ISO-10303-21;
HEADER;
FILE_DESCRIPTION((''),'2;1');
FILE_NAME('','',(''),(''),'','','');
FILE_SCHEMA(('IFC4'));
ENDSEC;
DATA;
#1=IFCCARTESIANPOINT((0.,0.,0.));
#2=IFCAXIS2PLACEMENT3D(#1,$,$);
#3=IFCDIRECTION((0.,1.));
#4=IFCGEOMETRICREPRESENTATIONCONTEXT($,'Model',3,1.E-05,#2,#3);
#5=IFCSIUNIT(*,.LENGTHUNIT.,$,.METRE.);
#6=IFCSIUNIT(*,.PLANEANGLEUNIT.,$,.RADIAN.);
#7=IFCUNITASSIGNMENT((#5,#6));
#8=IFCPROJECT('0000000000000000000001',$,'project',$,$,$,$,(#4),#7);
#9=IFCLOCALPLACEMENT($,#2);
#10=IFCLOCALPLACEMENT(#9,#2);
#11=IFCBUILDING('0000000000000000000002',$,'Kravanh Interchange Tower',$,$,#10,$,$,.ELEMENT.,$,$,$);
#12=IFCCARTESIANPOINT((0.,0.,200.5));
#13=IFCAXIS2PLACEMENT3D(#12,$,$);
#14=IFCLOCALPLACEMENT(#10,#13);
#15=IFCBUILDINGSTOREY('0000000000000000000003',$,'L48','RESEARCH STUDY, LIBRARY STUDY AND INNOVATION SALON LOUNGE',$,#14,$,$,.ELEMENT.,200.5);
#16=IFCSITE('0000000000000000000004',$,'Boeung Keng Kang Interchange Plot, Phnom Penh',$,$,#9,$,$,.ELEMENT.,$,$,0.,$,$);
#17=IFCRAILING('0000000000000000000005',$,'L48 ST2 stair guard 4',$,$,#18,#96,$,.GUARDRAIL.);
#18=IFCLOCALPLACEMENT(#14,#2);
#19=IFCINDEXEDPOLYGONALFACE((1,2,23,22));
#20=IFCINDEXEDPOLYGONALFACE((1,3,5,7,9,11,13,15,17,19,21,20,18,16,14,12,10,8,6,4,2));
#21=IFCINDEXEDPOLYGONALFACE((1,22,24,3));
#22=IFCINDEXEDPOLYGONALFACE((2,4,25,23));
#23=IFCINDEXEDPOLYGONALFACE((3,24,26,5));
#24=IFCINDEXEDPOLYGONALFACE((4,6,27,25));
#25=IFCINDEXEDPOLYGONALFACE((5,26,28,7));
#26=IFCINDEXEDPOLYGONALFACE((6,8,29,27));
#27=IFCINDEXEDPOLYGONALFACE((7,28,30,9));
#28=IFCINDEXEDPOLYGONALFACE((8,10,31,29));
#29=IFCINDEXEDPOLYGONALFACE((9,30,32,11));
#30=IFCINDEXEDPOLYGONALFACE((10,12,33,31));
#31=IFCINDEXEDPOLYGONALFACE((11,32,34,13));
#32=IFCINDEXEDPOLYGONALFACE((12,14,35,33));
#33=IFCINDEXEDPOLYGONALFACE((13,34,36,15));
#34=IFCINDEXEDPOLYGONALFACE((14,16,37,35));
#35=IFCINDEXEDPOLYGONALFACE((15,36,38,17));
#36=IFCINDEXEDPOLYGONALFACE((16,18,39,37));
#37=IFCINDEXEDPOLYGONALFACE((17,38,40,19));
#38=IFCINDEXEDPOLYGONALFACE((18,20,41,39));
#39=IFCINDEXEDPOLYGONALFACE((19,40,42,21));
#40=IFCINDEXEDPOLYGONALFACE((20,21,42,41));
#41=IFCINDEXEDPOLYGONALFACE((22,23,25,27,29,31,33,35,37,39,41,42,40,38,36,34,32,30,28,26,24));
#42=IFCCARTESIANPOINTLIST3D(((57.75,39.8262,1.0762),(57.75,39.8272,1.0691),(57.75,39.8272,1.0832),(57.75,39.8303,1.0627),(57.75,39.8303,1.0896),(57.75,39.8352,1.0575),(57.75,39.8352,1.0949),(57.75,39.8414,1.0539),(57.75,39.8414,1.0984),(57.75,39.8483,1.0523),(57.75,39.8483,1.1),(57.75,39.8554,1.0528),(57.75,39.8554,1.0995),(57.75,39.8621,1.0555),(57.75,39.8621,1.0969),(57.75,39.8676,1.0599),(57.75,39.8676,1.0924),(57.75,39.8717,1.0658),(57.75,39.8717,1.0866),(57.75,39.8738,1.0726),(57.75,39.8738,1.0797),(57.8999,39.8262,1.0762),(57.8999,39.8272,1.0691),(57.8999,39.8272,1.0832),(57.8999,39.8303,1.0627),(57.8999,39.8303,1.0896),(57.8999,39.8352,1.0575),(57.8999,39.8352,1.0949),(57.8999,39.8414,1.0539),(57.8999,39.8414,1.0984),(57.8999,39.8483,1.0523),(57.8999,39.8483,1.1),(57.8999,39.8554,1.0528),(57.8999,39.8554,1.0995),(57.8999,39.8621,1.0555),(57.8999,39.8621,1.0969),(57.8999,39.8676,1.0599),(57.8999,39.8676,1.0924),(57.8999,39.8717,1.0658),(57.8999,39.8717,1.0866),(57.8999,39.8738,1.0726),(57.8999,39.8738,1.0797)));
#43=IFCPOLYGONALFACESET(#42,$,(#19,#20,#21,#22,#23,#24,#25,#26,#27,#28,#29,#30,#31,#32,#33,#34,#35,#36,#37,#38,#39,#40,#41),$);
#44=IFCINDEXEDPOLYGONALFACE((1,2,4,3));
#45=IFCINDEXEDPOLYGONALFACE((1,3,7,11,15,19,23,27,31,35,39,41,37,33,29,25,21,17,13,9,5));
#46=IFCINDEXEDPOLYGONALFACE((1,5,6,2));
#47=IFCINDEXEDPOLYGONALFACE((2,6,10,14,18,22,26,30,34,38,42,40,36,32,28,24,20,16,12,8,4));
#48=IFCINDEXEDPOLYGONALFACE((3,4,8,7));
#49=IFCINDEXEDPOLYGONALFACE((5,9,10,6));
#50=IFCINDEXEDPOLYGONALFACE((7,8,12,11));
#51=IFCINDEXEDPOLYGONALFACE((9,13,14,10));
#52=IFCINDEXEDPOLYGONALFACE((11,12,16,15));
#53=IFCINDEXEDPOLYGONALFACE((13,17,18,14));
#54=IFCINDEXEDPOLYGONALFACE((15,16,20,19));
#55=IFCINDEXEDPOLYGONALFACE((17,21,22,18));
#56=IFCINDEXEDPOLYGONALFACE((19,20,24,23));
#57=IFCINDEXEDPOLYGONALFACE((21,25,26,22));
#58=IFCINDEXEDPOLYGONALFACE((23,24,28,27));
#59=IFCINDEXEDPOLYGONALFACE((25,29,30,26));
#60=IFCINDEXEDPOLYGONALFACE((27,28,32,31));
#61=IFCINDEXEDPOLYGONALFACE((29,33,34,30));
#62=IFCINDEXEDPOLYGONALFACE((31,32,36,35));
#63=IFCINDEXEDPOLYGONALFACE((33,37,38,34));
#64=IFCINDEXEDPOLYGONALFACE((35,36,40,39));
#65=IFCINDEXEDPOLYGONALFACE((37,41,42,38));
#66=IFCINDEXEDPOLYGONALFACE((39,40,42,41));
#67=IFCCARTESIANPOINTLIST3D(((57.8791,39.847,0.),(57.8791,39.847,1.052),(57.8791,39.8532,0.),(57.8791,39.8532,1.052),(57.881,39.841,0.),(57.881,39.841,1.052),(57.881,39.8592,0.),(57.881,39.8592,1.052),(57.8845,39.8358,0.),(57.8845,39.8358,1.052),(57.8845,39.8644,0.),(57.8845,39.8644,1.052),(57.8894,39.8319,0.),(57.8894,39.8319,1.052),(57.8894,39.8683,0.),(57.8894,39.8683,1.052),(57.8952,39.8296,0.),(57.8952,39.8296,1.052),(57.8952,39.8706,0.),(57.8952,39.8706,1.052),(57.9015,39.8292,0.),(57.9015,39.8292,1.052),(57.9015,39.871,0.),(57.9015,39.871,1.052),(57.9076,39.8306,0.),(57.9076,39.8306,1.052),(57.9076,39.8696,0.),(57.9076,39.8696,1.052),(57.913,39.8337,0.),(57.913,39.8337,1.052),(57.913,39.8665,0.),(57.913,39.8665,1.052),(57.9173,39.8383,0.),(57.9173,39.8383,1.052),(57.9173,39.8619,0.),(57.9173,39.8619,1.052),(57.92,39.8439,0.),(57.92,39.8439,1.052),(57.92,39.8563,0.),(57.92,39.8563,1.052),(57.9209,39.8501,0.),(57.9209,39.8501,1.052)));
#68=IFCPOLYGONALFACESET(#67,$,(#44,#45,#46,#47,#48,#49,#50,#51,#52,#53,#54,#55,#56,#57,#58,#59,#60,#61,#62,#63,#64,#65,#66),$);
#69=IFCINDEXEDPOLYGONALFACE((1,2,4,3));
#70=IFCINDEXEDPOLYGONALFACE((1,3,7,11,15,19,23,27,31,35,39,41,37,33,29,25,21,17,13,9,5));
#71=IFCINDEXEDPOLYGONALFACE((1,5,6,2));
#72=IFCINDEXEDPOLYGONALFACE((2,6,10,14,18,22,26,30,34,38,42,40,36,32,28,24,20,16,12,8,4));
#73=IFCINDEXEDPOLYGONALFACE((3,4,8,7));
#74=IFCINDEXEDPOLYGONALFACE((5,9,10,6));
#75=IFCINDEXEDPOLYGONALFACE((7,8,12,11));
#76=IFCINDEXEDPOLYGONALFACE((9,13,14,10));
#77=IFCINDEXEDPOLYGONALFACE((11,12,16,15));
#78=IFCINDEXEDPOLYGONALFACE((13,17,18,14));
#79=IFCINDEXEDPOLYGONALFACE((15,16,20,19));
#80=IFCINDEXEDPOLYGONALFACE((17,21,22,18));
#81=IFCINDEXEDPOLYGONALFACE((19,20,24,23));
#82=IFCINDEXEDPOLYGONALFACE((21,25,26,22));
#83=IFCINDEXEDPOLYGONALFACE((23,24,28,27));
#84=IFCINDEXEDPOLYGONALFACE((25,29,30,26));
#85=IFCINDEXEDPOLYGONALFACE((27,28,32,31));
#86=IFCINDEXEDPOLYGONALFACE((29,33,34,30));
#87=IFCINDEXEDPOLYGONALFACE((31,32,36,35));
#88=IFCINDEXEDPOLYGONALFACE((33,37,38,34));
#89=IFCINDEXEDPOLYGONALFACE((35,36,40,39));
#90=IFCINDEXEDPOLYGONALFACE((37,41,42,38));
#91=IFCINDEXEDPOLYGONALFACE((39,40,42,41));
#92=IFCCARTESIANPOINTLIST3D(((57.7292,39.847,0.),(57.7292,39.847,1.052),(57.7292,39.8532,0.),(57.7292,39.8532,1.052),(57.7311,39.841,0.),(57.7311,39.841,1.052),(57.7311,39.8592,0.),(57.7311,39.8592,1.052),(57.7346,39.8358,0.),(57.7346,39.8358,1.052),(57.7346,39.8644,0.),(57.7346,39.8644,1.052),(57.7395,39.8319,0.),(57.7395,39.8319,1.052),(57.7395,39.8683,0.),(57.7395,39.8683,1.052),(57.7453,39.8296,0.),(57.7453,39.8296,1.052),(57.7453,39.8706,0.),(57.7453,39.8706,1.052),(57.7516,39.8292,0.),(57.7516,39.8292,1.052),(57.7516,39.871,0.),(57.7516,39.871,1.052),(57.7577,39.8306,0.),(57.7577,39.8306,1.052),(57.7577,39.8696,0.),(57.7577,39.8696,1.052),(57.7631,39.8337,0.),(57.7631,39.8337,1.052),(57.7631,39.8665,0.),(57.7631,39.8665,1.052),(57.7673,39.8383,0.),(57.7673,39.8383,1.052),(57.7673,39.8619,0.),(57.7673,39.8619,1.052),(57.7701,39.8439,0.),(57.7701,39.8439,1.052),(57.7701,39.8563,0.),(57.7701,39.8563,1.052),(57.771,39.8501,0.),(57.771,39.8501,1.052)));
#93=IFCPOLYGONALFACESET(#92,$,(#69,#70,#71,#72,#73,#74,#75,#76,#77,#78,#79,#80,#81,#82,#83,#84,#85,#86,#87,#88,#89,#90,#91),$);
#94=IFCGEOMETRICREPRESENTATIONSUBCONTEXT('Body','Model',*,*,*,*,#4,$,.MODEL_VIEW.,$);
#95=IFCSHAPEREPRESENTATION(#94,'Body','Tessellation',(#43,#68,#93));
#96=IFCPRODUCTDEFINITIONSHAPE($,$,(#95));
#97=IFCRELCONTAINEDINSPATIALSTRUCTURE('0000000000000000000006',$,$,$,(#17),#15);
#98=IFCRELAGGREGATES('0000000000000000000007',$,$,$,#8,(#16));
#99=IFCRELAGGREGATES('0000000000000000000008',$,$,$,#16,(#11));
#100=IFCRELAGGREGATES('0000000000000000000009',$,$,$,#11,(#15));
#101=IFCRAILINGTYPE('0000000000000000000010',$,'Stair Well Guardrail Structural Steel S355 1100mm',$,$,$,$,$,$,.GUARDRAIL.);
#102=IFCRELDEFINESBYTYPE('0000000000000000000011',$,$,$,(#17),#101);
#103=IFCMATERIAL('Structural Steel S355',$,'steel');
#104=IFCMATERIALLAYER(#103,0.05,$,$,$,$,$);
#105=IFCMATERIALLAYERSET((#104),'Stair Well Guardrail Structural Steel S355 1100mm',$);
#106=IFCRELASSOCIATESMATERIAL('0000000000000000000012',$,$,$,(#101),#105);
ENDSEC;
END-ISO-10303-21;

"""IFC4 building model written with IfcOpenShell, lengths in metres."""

from ifc_helpers import new_model, si_unit, direction, frame, origin, origin_2d, place, context, subcontext, project, spatial, circle, extrude, material, layer, layer_set, type_object, element, save


model = new_model("IFC4")

# Units and contexts
model_context = context("Model", 3, precision=1e-05, world=origin(), true_north=direction((0.0, 1.0)))
body_context = subcontext(model_context, "Body", "Model", "MODEL_VIEW")
ifc_project = project(units=[si_unit("LENGTHUNIT", "METRE"), si_unit("PLANEANGLEUNIT", "RADIAN")], contexts=[model_context])

# Site, building, storey
site_placement = place(None, origin())
site = spatial("IfcSite", under=ifc_project, at=site_placement, Name="Boeung Keng Kang Interchange Plot, Phnom Penh", CompositionType="ELEMENT", RefElevation=0.0)
building_placement = place(site_placement, origin())
building = spatial("IfcBuilding", under=site, at=building_placement, Name="Kravanh Interchange Tower", CompositionType="ELEMENT")
storey_placement = place(building_placement, frame((0.0, 0.0, 200.5)))
storey = spatial("IfcBuildingStorey", under=building, at=storey_placement, Name="L48", Description="RESEARCH STUDY, LIBRARY STUDY AND INNOVATION SALON LOUNGE", CompositionType="ELEMENT", Elevation=200.5)

# Railing
ifc_material_1 = material(Name="Structural Steel S355", Category="steel")
ifc_layer_1 = layer(ifc_material_1, 0.05)
ifc_layer_set_1 = layer_set([ifc_layer_1], Name="Stair Well Guardrail Structural Steel S355 1100mm")
railing_type_1 = type_object("IfcRailingType", Name="Stair Well Guardrail Structural Steel S355 1100mm", PredefinedType="GUARDRAIL", material=ifc_layer_set_1)
railing_1_placement = place(storey_placement, frame((57.8999, 39.8501, 0.0)))
element("IfcRailing", 1, at=railing_1_placement, inside=storey, type_object=railing_type_1, Name="L48 ST2 stair guard 4", PredefinedType="GUARDRAIL", context=body_context, shape_type="SweptSolid", body=[
    extrude(circle(Radius=0.0239, at=origin_2d()), frame((0.0, 0.0, 1.0762), z_axis=(-1.0, 0.0, 0.0), x_axis=(0.0, -1.0, 0.0)), (0.0, 0.0, 1.0), 0.1499),
    extrude(circle(Radius=0.021, at=origin_2d()), origin(), (0.0, 0.0, 1.0), 1.052),
    extrude(circle(Radius=0.021, at=origin_2d()), frame((-0.1499, 0.0, 0.0)), (0.0, 0.0, 1.0), 1.052),
])

save(model, "model.ifc")
